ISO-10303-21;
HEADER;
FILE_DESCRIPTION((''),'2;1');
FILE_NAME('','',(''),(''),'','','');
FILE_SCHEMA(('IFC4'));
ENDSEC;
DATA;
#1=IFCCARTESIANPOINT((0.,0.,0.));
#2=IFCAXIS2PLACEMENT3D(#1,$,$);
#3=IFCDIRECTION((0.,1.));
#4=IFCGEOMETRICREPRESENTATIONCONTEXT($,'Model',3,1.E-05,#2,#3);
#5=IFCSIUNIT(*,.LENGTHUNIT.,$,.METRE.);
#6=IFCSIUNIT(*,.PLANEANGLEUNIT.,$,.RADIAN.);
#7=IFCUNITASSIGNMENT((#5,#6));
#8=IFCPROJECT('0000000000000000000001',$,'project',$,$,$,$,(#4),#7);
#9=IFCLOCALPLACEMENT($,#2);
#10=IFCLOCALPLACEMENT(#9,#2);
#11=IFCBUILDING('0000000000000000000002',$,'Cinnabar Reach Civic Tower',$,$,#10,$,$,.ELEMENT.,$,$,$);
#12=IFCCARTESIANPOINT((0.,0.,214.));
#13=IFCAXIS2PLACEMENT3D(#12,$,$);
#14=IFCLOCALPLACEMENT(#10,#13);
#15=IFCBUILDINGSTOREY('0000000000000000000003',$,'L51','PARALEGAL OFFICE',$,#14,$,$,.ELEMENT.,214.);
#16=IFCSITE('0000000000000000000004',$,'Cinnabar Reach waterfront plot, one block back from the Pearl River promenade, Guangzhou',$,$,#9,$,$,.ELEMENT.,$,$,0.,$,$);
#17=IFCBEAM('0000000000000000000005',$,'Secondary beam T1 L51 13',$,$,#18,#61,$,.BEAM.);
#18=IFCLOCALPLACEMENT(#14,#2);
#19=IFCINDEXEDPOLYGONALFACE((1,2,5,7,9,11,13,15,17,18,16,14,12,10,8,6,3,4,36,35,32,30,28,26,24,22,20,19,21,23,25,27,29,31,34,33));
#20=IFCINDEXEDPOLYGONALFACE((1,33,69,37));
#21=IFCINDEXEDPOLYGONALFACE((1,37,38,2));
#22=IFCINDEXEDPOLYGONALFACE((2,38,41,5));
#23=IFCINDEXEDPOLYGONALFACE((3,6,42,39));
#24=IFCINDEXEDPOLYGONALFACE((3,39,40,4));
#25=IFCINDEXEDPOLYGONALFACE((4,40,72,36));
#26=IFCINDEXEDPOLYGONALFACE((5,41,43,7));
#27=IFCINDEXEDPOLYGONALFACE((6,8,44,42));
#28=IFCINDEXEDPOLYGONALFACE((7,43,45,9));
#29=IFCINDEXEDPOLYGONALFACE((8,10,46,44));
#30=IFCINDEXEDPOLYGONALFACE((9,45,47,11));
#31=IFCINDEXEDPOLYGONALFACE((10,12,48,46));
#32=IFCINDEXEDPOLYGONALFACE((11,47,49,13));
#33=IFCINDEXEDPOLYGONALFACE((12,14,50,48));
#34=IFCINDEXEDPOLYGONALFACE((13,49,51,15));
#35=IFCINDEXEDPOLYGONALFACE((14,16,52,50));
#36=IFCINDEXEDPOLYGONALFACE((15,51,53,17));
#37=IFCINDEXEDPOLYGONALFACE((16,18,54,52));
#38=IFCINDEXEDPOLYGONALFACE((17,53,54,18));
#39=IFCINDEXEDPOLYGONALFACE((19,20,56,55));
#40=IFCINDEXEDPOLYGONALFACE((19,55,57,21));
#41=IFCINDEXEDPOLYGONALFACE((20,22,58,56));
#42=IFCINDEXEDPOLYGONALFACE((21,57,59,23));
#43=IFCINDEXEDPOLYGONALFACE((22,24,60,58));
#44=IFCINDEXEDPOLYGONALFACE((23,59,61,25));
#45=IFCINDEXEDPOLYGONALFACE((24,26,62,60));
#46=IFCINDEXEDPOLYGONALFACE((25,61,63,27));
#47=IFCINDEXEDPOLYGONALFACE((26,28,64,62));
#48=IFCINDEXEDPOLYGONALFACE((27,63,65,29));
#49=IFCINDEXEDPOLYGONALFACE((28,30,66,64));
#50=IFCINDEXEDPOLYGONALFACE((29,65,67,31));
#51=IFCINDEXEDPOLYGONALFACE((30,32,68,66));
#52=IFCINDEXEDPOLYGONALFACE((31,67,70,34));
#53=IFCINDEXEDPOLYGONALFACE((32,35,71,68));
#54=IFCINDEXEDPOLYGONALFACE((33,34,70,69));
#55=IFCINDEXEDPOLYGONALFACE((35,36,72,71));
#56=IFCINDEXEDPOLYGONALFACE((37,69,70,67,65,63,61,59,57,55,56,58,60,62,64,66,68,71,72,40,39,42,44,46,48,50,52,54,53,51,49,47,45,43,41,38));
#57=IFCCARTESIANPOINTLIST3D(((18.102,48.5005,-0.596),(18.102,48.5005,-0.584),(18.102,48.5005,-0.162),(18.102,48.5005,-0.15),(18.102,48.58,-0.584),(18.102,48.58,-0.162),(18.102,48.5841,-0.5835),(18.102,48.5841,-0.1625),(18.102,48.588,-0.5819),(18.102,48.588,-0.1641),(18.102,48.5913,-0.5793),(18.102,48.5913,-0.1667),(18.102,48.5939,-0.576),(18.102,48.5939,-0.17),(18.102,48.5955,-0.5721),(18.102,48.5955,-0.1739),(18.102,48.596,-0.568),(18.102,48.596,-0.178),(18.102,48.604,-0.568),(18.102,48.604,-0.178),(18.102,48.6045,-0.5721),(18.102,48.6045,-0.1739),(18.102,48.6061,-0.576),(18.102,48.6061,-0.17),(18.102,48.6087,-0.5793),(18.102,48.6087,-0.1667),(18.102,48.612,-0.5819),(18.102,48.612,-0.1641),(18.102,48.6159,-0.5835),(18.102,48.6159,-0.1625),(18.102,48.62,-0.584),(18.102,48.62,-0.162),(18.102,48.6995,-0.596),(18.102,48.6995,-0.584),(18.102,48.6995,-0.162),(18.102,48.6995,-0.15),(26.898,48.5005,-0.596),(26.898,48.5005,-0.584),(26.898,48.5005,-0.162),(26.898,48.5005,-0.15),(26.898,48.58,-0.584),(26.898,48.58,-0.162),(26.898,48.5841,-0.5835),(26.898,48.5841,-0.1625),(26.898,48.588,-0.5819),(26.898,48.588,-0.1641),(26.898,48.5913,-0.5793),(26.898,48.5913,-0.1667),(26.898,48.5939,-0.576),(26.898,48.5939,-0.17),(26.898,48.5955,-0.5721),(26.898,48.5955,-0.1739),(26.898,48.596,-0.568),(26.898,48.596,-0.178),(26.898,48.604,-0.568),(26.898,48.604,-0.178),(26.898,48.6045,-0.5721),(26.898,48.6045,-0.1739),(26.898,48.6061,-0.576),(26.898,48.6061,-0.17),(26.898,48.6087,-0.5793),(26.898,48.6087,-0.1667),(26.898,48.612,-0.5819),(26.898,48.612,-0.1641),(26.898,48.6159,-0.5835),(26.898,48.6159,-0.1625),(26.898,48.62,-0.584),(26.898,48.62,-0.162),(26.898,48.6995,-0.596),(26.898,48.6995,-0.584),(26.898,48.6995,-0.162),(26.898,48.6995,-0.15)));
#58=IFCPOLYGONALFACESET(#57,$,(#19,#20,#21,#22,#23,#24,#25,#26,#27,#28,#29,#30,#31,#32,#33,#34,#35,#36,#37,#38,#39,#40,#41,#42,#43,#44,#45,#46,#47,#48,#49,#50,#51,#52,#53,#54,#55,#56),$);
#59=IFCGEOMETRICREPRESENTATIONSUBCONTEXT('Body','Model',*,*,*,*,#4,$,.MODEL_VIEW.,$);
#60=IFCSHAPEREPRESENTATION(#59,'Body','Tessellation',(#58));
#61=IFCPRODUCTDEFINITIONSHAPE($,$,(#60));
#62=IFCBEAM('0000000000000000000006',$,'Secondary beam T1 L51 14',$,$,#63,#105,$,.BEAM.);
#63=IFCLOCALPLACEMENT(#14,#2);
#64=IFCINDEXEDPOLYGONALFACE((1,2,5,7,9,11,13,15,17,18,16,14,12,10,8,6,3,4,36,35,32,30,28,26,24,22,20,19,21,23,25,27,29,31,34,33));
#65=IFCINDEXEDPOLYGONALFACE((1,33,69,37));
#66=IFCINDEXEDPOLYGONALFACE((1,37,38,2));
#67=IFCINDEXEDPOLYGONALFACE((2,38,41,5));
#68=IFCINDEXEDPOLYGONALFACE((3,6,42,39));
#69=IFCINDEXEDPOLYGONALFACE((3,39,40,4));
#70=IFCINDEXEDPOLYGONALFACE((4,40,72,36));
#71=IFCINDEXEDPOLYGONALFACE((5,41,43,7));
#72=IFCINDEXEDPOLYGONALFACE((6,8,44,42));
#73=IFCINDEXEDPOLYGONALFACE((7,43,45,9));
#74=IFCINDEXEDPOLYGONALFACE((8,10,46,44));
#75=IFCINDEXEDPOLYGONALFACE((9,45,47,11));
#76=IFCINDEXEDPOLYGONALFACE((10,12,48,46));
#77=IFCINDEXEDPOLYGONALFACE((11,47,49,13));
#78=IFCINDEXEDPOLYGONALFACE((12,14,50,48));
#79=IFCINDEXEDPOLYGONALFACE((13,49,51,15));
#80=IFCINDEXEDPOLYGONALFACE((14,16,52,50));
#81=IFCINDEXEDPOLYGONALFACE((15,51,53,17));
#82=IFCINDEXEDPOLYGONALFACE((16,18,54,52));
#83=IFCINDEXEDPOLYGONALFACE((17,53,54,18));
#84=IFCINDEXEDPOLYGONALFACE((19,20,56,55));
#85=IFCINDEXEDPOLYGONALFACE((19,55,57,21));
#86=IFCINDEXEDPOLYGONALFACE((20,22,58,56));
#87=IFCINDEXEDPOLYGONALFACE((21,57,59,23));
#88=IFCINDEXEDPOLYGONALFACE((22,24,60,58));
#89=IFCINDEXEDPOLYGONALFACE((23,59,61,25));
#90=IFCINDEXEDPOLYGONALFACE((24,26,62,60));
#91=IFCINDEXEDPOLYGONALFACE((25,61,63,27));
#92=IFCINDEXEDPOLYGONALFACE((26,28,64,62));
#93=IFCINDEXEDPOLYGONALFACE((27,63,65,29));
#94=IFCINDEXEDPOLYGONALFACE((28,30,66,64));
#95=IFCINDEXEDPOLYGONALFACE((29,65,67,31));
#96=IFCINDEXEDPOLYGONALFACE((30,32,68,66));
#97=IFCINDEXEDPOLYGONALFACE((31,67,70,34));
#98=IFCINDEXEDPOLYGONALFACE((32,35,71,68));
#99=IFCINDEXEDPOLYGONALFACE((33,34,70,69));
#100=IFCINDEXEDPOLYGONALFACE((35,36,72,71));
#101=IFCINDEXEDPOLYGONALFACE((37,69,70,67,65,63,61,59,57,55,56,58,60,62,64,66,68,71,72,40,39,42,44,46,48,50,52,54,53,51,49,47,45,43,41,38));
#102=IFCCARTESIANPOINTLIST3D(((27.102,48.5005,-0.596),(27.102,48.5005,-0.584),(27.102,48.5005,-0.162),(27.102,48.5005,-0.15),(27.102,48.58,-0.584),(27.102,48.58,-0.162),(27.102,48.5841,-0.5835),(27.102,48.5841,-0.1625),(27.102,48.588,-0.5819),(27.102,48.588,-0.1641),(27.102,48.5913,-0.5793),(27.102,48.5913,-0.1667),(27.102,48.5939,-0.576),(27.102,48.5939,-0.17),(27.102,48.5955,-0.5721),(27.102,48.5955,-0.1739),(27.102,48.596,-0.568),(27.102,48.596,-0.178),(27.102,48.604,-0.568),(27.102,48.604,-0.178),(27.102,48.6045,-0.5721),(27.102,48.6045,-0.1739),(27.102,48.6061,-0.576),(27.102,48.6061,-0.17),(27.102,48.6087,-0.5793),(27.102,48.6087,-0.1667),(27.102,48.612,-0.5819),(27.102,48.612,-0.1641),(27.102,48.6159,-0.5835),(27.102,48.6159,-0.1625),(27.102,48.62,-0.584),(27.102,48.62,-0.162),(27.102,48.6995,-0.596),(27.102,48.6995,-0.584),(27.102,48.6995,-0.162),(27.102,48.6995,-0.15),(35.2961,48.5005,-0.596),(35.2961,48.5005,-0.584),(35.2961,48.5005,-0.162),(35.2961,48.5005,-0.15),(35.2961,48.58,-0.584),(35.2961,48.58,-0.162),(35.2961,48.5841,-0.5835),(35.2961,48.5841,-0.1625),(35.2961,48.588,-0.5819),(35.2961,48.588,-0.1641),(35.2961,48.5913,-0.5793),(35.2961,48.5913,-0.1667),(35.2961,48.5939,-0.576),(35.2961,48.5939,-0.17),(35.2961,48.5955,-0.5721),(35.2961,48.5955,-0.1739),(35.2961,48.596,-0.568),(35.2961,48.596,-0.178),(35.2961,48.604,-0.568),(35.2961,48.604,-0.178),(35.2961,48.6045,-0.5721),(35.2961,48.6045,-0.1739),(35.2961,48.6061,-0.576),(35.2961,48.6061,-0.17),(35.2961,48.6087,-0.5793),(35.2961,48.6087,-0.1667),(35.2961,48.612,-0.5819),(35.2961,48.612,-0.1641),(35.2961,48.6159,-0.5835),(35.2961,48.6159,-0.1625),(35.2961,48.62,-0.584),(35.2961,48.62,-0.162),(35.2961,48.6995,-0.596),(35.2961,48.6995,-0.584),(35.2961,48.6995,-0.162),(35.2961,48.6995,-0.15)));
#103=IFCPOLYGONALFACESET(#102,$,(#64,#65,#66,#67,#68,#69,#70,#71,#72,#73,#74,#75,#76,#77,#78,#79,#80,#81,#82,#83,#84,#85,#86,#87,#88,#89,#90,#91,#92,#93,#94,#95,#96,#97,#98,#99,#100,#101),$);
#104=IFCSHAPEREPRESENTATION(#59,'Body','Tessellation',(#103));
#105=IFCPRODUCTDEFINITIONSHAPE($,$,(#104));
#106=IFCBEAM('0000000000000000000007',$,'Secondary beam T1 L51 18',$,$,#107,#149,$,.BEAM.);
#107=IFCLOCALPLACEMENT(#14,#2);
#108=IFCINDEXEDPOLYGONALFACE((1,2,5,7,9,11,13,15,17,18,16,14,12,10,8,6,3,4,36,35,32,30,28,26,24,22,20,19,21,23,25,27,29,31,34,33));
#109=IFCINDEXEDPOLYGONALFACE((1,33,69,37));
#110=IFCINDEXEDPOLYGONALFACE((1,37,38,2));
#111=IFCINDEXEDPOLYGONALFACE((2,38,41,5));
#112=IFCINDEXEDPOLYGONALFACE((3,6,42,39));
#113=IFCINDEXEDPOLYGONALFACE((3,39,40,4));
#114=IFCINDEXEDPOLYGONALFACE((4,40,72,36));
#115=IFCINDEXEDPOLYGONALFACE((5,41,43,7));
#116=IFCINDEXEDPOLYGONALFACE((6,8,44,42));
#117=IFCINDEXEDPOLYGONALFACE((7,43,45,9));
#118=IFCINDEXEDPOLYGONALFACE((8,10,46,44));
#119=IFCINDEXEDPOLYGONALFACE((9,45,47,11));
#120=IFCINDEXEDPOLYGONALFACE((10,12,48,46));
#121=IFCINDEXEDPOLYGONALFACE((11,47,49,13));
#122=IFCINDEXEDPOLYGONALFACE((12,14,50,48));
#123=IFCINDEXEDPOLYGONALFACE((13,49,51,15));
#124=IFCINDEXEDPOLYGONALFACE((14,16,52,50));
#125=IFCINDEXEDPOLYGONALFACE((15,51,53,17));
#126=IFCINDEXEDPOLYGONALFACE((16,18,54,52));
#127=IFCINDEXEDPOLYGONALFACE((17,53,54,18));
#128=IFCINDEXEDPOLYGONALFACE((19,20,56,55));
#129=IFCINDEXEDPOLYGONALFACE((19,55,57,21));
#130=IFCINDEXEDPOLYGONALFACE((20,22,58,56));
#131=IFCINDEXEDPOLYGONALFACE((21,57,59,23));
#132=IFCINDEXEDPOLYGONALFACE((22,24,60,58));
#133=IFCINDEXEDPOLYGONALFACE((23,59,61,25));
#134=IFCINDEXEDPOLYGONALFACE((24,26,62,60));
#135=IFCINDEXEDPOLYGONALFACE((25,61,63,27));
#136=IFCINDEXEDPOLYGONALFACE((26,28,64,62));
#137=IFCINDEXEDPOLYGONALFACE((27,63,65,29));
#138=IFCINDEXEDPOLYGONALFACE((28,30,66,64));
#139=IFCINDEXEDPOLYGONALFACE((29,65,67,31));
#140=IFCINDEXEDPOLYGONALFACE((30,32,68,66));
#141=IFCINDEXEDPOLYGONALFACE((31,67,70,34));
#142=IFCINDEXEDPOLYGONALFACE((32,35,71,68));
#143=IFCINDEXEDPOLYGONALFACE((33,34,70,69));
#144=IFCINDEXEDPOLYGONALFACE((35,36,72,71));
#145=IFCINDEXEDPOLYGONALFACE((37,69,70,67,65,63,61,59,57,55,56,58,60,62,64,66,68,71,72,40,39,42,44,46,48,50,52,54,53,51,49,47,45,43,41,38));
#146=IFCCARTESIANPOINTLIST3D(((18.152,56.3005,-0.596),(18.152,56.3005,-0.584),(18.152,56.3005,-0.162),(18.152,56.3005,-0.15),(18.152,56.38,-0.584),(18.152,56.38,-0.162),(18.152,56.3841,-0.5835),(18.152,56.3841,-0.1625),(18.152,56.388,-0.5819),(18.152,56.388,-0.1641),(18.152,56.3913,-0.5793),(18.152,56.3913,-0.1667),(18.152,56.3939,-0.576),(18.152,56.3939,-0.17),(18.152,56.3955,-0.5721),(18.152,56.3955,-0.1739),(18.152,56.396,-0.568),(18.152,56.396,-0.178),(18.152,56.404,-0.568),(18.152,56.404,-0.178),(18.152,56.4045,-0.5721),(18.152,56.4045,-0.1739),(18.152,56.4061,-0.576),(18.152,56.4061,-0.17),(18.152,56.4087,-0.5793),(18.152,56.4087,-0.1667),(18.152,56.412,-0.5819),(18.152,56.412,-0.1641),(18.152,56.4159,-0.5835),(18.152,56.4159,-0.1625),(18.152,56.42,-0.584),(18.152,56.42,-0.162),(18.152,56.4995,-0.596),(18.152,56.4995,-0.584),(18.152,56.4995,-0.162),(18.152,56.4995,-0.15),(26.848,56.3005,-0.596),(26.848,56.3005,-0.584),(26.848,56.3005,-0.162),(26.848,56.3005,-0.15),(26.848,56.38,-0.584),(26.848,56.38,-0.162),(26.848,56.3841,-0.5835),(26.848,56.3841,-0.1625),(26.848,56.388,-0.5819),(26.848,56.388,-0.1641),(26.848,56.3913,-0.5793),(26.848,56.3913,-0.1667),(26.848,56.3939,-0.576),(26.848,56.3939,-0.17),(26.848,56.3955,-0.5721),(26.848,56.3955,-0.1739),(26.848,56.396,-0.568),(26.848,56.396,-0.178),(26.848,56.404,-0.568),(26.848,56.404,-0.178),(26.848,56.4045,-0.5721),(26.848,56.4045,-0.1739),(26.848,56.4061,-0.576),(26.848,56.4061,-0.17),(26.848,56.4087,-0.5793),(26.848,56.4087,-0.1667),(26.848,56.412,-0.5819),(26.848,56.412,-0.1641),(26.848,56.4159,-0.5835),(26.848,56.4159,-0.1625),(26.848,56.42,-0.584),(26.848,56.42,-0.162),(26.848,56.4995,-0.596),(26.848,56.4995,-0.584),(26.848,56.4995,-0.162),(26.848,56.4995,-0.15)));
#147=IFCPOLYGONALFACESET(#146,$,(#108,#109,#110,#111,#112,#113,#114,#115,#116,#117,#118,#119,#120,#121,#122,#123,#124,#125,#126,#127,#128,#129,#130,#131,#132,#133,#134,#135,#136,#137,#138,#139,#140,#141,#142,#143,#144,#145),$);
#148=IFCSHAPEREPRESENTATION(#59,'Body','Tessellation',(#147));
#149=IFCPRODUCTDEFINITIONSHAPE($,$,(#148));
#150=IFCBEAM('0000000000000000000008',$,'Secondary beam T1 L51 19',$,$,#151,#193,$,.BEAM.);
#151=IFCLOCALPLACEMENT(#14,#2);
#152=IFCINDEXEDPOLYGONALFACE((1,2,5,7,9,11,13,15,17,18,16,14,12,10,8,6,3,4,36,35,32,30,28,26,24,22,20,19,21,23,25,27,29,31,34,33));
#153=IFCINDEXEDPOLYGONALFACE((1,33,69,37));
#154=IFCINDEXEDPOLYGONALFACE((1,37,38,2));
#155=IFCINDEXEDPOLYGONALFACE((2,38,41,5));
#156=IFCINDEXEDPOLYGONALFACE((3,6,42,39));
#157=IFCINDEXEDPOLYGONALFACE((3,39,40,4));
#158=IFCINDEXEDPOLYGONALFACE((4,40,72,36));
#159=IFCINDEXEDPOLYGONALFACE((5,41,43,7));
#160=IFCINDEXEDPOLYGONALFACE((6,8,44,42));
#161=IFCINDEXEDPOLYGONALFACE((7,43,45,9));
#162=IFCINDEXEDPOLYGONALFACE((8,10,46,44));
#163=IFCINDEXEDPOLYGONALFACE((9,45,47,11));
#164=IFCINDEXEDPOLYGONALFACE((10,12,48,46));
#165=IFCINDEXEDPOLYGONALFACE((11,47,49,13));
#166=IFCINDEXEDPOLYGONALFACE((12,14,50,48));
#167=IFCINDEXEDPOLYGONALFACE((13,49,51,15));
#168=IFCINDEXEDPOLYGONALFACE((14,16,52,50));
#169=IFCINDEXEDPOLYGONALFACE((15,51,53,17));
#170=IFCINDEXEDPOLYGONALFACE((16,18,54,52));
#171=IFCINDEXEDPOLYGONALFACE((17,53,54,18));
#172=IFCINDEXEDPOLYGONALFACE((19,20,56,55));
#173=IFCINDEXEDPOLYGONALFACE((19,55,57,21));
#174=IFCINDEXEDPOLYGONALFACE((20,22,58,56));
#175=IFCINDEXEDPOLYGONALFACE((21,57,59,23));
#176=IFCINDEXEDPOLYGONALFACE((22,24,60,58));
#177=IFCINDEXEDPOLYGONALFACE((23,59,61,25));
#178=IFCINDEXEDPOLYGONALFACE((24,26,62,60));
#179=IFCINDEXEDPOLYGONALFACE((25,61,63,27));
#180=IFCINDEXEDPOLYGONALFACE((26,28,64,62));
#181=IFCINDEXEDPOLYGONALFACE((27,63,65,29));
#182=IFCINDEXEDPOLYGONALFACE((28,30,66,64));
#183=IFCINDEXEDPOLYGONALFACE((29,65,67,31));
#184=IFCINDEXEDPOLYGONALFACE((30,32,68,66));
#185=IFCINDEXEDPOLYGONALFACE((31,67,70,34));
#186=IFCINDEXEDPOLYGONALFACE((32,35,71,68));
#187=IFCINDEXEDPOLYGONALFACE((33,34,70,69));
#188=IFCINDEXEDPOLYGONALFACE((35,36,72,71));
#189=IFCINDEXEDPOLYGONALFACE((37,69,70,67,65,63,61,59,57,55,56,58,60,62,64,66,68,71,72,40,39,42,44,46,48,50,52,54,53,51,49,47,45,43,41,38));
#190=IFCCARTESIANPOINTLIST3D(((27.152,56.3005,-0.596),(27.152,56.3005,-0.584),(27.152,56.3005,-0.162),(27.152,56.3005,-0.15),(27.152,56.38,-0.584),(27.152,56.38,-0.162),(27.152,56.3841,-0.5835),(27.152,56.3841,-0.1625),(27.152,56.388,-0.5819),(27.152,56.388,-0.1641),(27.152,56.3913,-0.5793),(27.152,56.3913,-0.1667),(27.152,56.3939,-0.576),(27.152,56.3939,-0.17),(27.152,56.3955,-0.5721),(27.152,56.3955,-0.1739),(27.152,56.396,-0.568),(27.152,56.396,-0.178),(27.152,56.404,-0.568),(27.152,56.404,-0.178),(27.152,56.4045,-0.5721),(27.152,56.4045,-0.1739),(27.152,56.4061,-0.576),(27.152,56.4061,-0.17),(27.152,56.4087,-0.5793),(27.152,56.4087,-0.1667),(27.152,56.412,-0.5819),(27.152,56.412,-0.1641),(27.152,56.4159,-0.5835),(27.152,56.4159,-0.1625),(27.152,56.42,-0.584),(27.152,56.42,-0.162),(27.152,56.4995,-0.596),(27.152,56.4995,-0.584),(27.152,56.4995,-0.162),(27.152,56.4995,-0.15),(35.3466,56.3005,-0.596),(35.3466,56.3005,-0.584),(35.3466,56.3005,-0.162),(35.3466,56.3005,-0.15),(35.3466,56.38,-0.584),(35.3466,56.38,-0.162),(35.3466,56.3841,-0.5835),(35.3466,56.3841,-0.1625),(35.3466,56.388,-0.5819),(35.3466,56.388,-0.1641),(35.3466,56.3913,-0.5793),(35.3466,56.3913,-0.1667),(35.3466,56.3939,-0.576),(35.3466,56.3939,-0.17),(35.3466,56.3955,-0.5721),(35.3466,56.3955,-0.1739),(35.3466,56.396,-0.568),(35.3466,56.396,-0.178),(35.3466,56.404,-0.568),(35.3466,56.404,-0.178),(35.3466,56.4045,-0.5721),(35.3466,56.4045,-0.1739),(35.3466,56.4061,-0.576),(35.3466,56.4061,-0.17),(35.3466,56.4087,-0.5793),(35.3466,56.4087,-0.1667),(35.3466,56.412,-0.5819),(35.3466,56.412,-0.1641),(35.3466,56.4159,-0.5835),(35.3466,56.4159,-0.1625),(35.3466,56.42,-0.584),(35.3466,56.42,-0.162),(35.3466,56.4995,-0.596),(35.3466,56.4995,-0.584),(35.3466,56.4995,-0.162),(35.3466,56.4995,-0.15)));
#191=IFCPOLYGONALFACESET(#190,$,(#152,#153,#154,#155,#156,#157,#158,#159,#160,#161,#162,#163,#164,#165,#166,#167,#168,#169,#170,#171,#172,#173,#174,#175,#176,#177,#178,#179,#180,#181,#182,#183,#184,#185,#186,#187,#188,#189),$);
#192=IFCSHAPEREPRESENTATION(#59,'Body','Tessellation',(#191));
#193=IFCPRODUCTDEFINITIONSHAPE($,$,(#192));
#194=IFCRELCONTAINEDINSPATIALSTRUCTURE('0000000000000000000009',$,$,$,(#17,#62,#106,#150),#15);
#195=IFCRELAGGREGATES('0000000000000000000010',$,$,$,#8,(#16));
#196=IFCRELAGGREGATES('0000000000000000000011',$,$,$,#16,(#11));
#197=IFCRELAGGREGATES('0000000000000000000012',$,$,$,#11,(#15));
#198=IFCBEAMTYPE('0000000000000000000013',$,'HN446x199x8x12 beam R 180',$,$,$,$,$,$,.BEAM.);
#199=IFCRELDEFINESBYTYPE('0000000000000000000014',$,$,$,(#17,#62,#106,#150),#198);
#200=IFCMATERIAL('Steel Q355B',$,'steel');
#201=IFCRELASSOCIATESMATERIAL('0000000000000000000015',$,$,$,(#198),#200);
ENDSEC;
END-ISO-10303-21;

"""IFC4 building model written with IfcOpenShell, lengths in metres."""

from ifc_helpers import new_model, si_unit, direction, frame, origin, origin_2d, place, context, subcontext, project, spatial, i_section, extrude, material, material_profile, profile_set, type_object, element, save


model = new_model("IFC4")

# Units and contexts
model_context = context("Model", 3, precision=1e-05, world=origin(), true_north=direction((0.0, 1.0)))
body_context = subcontext(model_context, "Body", "Model", "MODEL_VIEW")
ifc_project = project(units=[si_unit("LENGTHUNIT", "METRE"), si_unit("PLANEANGLEUNIT", "RADIAN")], contexts=[model_context])

# Site, building, storey
site_placement = place(None, origin())
site = spatial("IfcSite", under=ifc_project, at=site_placement, Name="Cinnabar Reach waterfront plot, one block back from the Pearl River promenade, Guangzhou", CompositionType="ELEMENT", RefElevation=0.0)
building_placement = place(site_placement, origin())
building = spatial("IfcBuilding", under=site, at=building_placement, Name="Cinnabar Reach Civic Tower", CompositionType="ELEMENT")
storey_placement = place(building_placement, frame((0.0, 0.0, 214.0)))
storey = spatial("IfcBuildingStorey", under=building, at=storey_placement, Name="L51", Description="PARALEGAL OFFICE", CompositionType="ELEMENT", Elevation=214.0)

# Beams
ifc_material_1 = material(Name="Steel Q355B", Category="steel")
ifc_material_profile_1 = material_profile(ifc_material_1, i_section(OverallWidth=0.199, OverallDepth=0.446, WebThickness=0.008, FlangeThickness=0.012, FilletRadius=0.016, at=origin_2d()), Name="HN446x199x8x12")
ifc_profile_set_1 = profile_set([ifc_material_profile_1], Name="Steel Q355B")
beam_type_1 = type_object("IfcBeamType", Name="HN446x199x8x12 beam R 180", PredefinedType="BEAM", material=ifc_profile_set_1)
beam_1_placement = place(storey_placement, frame((18.102, 48.6, -0.373), z_axis=(1.0, 0.0, 0.0), x_axis=(0.0, 1.0, 0.0)))
element("IfcBeam", 1, at=beam_1_placement, inside=storey, type_object=beam_type_1, Name="Secondary beam T1 L51 13", PredefinedType="BEAM", context=body_context, shape_type="SweptSolid", body=[
    extrude(i_section(OverallWidth=0.199, OverallDepth=0.446, WebThickness=0.008, FlangeThickness=0.012, FilletRadius=0.016, at=origin_2d()), origin(), (0.0, 0.0, 1.0), 8.796),
])
beam_2_placement = place(storey_placement, frame((27.102, 48.6, -0.373), z_axis=(1.0, 0.0, 0.0), x_axis=(0.0, 1.0, 0.0)))
element("IfcBeam", 2, at=beam_2_placement, inside=storey, type_object=beam_type_1, Name="Secondary beam T1 L51 14", PredefinedType="BEAM", context=body_context, shape_type="SweptSolid", body=[
    extrude(i_section(OverallWidth=0.199, OverallDepth=0.446, WebThickness=0.008, FlangeThickness=0.012, FilletRadius=0.016, at=origin_2d()), origin(), (0.0, 0.0, 1.0), 8.1941),
])
beam_3_placement = place(storey_placement, frame((18.152, 56.4, -0.373), z_axis=(1.0, 0.0, 0.0), x_axis=(0.0, 1.0, 0.0)))
element("IfcBeam", 3, at=beam_3_placement, inside=storey, type_object=beam_type_1, Name="Secondary beam T1 L51 18", PredefinedType="BEAM", context=body_context, shape_type="SweptSolid", body=[
    extrude(i_section(OverallWidth=0.199, OverallDepth=0.446, WebThickness=0.008, FlangeThickness=0.012, FilletRadius=0.016, at=origin_2d()), origin(), (0.0, 0.0, 1.0), 8.696),
])
beam_4_placement = place(storey_placement, frame((27.152, 56.4, -0.373), z_axis=(1.0, 0.0, 0.0), x_axis=(0.0, 1.0, 0.0)))
element("IfcBeam", 4, at=beam_4_placement, inside=storey, type_object=beam_type_1, Name="Secondary beam T1 L51 19", PredefinedType="BEAM", context=body_context, shape_type="SweptSolid", body=[
    extrude(i_section(OverallWidth=0.199, OverallDepth=0.446, WebThickness=0.008, FlangeThickness=0.012, FilletRadius=0.016, at=origin_2d()), origin(), (0.0, 0.0, 1.0), 8.1946),
])

save(model, "model.ifc")
